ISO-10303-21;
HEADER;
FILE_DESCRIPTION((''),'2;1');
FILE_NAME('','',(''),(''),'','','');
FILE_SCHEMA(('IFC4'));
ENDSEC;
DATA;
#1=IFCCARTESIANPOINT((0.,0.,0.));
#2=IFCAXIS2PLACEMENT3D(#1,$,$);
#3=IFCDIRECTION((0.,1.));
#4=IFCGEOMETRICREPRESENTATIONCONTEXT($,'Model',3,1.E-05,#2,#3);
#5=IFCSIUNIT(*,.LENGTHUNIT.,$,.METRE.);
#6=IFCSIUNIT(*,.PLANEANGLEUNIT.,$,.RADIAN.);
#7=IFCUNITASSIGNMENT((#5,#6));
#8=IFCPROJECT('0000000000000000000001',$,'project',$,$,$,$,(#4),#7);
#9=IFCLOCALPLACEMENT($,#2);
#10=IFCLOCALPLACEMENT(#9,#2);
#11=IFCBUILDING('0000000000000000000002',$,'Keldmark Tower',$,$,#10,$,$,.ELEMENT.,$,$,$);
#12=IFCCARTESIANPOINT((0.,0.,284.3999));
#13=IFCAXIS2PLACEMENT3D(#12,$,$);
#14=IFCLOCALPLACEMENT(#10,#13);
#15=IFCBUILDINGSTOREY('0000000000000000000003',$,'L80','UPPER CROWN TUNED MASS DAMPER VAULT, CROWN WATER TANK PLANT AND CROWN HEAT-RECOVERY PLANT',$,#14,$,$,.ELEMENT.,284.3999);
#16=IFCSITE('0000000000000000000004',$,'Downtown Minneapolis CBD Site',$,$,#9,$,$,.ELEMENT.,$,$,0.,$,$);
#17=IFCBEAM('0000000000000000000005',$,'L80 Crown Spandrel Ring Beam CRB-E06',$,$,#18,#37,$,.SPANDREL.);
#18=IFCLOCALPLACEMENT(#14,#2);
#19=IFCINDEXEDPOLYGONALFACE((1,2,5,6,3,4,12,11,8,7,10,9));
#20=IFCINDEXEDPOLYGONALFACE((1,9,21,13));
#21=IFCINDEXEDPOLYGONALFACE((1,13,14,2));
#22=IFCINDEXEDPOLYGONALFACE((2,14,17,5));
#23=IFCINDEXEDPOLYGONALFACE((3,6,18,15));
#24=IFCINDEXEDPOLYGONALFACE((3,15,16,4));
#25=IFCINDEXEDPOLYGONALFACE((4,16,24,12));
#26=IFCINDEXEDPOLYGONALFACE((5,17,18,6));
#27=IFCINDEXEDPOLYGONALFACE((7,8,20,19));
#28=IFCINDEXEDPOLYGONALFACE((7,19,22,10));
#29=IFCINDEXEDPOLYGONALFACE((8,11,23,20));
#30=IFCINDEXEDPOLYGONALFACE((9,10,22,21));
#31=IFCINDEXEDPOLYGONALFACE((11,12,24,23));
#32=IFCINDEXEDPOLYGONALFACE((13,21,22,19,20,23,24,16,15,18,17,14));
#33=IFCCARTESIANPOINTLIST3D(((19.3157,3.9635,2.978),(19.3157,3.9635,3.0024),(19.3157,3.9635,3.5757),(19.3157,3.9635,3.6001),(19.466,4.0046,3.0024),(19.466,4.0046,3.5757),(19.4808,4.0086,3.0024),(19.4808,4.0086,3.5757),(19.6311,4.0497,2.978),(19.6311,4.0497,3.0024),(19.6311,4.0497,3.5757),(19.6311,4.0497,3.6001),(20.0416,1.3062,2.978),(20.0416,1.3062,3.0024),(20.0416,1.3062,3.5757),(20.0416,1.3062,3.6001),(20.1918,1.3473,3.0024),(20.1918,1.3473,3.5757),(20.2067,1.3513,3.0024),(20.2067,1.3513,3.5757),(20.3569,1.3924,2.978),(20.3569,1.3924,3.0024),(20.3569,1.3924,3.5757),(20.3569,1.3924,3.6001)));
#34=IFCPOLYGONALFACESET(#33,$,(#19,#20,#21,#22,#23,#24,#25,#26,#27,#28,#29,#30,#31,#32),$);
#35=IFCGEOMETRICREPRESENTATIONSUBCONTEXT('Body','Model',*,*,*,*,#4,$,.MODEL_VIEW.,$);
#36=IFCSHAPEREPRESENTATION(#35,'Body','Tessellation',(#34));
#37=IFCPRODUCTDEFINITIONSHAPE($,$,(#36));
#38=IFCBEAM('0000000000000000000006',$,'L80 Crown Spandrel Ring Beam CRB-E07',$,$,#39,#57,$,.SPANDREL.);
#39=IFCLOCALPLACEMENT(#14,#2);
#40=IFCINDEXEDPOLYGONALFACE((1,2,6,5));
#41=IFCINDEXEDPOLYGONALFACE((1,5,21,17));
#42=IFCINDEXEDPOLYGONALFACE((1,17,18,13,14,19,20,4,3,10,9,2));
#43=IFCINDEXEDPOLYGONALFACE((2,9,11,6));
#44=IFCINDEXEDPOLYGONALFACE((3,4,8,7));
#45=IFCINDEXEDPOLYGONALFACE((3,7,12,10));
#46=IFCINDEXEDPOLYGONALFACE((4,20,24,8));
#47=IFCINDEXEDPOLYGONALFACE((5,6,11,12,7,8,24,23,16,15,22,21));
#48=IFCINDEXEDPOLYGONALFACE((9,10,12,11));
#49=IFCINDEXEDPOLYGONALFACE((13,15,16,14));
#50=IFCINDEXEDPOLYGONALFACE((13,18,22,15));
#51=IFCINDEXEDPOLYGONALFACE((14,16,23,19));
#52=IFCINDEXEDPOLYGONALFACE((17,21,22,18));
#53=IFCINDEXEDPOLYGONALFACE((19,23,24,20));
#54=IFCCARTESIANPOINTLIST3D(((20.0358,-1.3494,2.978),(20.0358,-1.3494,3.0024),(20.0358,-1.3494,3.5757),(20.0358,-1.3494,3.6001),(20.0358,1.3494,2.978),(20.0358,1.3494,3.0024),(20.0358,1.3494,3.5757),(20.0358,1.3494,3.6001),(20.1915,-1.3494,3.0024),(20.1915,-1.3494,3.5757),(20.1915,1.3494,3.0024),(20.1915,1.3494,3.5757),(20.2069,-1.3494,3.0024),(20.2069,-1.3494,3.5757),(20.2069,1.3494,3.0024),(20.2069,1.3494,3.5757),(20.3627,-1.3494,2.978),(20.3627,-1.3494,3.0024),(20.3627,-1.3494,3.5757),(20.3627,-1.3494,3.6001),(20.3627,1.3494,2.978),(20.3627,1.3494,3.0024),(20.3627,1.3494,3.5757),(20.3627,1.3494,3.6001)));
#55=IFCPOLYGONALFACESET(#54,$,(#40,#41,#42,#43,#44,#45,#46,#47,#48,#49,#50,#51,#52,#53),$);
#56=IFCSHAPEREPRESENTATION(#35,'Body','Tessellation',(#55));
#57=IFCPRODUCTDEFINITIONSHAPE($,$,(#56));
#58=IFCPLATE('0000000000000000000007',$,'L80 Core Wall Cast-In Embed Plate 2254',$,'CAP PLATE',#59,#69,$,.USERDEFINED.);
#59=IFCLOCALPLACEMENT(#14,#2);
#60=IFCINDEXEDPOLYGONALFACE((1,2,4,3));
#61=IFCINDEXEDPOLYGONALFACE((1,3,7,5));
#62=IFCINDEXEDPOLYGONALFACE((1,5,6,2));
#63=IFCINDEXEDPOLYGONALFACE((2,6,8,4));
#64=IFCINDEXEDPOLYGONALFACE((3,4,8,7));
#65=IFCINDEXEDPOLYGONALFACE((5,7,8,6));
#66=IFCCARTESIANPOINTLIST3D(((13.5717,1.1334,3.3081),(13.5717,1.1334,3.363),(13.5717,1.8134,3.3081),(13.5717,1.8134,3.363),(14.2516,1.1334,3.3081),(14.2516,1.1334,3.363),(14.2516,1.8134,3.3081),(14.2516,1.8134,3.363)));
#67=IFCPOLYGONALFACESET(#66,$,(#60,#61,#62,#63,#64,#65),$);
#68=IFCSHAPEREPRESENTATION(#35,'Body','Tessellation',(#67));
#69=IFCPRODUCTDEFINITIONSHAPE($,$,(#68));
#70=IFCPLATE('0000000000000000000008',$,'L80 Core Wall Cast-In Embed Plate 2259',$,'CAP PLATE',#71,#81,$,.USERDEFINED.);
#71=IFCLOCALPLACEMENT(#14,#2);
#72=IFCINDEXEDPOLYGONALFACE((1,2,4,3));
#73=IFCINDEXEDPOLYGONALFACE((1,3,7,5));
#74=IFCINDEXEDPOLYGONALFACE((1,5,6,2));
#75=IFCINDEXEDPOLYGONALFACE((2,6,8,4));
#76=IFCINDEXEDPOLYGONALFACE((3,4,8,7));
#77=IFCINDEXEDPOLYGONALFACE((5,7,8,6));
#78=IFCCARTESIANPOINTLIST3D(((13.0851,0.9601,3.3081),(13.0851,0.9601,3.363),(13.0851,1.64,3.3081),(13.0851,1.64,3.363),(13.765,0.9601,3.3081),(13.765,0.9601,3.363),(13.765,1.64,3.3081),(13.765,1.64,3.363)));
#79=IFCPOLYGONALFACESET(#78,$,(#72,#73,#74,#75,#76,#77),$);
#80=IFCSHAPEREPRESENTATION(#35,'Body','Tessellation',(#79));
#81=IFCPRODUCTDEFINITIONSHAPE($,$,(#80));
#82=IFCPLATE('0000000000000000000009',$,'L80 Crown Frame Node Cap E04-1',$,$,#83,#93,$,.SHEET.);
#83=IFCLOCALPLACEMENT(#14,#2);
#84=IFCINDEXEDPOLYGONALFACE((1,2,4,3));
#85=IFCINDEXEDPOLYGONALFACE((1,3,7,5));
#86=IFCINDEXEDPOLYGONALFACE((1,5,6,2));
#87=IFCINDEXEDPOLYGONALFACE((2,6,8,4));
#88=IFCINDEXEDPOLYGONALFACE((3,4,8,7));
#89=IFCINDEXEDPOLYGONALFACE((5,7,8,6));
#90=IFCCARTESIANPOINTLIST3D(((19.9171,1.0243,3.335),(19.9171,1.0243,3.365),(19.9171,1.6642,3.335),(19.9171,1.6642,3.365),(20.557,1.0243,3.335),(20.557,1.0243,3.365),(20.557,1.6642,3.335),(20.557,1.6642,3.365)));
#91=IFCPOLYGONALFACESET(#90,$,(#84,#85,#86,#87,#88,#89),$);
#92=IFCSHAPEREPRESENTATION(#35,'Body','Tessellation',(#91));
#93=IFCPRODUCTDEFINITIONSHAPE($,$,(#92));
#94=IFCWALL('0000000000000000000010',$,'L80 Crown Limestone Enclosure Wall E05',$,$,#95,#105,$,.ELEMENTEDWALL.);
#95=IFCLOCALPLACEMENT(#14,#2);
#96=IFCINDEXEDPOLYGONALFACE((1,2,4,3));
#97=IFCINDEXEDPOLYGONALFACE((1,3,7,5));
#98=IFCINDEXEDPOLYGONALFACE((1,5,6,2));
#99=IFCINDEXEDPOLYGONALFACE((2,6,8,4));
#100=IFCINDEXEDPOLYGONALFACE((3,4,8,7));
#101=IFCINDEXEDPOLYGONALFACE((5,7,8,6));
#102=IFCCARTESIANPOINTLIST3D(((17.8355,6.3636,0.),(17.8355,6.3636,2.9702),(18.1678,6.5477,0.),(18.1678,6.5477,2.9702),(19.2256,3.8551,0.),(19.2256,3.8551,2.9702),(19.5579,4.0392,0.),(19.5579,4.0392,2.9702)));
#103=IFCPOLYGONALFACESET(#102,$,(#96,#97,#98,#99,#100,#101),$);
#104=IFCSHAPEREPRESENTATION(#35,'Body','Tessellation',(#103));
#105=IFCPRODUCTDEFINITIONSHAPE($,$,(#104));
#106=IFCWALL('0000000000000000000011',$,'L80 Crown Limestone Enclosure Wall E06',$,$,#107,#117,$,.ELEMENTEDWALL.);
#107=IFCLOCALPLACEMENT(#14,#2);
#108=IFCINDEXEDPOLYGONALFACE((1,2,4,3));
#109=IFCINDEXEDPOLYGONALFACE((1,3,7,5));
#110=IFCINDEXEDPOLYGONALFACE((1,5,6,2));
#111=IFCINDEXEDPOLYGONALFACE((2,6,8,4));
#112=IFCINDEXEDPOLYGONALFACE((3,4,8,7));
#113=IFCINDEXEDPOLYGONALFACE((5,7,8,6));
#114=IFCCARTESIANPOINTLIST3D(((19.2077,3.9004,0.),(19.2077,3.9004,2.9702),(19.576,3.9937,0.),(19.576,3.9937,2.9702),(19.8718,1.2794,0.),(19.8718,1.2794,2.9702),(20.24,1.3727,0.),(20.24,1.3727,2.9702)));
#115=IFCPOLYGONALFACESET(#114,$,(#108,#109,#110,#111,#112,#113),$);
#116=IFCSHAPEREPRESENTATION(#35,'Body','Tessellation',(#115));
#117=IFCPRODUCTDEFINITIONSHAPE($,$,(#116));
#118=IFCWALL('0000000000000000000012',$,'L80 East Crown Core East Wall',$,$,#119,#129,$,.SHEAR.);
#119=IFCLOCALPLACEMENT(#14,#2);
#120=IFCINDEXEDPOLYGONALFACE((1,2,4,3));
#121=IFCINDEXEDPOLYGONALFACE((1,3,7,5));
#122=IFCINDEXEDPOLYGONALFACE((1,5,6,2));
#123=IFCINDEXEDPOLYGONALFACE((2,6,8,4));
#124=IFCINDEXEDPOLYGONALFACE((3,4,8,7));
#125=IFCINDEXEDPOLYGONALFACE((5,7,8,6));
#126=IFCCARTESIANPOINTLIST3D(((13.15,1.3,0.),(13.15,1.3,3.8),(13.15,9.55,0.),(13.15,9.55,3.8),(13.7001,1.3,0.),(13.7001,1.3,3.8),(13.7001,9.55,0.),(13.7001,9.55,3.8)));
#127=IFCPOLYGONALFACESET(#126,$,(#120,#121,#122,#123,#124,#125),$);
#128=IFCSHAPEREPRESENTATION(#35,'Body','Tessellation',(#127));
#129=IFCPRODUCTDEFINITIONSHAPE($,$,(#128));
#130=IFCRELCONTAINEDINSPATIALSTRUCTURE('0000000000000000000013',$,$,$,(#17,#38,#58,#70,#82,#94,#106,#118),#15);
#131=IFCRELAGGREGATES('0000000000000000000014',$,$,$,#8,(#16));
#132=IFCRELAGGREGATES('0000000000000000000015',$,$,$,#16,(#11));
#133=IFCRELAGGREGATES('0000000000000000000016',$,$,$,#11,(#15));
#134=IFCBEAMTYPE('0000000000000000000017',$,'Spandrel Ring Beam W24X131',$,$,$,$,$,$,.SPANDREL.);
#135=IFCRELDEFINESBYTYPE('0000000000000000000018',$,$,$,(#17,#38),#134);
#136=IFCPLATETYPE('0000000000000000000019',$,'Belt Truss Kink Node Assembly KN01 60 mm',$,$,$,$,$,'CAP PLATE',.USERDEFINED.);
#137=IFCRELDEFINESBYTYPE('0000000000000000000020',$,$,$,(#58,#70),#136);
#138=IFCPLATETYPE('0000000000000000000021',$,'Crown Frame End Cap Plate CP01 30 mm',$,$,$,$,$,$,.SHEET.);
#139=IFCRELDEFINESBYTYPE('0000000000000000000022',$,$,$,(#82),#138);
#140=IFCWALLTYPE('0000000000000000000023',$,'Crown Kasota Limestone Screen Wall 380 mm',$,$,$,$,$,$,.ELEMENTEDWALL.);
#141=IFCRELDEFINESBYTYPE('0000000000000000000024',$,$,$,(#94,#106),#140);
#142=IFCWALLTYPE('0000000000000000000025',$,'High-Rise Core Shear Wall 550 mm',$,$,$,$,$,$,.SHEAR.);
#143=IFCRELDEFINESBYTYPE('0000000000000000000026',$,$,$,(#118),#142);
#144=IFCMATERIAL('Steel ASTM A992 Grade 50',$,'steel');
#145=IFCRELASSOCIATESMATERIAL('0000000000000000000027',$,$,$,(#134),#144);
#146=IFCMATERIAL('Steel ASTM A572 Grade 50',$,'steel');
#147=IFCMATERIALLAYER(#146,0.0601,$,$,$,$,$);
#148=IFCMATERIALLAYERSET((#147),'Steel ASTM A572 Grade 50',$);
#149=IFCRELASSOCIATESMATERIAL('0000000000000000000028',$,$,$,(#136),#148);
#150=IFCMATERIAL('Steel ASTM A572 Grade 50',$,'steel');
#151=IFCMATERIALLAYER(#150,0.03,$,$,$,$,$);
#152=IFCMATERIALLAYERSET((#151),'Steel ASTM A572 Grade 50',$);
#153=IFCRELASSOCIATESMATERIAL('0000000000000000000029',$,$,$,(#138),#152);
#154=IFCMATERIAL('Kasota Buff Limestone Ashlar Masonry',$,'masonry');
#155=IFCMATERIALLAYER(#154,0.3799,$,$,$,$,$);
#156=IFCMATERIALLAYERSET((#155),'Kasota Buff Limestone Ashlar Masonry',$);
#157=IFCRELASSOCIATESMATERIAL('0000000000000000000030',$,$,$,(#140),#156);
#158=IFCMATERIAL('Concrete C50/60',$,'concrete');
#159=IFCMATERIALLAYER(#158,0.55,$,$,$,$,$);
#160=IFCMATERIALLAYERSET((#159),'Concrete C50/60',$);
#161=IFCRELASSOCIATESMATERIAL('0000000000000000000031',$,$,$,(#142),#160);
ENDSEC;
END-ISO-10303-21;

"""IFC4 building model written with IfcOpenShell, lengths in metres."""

from ifc_helpers import new_model, si_unit, direction, frame, frame_2d, origin, origin_2d, place, context, subcontext, project, spatial, rectangle, i_section, extrude, material, layer, layer_set, material_profile, profile_set, type_object, element, save


model = new_model("IFC4")

# Units and contexts
model_context = context("Model", 3, precision=1e-05, world=origin(), true_north=direction((0.0, 1.0)))
body_context = subcontext(model_context, "Body", "Model", "MODEL_VIEW")
ifc_project = project(units=[si_unit("LENGTHUNIT", "METRE"), si_unit("PLANEANGLEUNIT", "RADIAN")], contexts=[model_context])

# Site, building, storey
site_placement = place(None, origin())
site = spatial("IfcSite", under=ifc_project, at=site_placement, Name="Downtown Minneapolis CBD Site", CompositionType="ELEMENT", RefElevation=0.0)
building_placement = place(site_placement, origin())
building = spatial("IfcBuilding", under=site, at=building_placement, Name="Keldmark Tower", CompositionType="ELEMENT")
storey_placement = place(building_placement, frame((0.0, 0.0, 284.3999)))
storey = spatial("IfcBuildingStorey", under=building, at=storey_placement, Name="L80", Description="UPPER CROWN TUNED MASS DAMPER VAULT, CROWN WATER TANK PLANT AND CROWN HEAT-RECOVERY PLANT", CompositionType="ELEMENT", Elevation=284.3999)

# Beams
ifc_material_1 = material(Name="Steel ASTM A992 Grade 50", Category="steel")
ifc_material_profile_1 = material_profile(ifc_material_1, i_section(OverallWidth=0.3269, OverallDepth=0.6221, WebThickness=0.0154, FlangeThickness=0.0244, at=origin_2d()), Name="W24X131")
ifc_profile_set_1 = profile_set([ifc_material_profile_1], Name="Steel ASTM A992 Grade 50")
beam_type_1 = type_object("IfcBeamType", Name="Spandrel Ring Beam W24X131", PredefinedType="SPANDREL", material=ifc_profile_set_1)
beam_1_placement = place(storey_placement, frame((19.4734, 4.0066, 3.2891), z_axis=(0.2635, -0.964659, 0.0), x_axis=(0.964659, 0.2635, 0.0)))
element("IfcBeam", 1, at=beam_1_placement, inside=storey, type_object=beam_type_1, Name="L80 Crown Spandrel Ring Beam CRB-E06", PredefinedType="SPANDREL", context=body_context, shape_type="SweptSolid", body=[
    extrude(i_section(OverallWidth=0.3269, OverallDepth=0.6221, WebThickness=0.0154, FlangeThickness=0.0244, at=origin_2d()), origin(), (0.0, 0.0, 1.0), 2.7546),
])
beam_2_placement = place(storey_placement, frame((20.1992, 1.3494, 3.2891), z_axis=(0.0, -1.0, 0.0), x_axis=(1.0, 0.0, 0.0)))
element("IfcBeam", 2, at=beam_2_placement, inside=storey, type_object=beam_type_1, Name="L80 Crown Spandrel Ring Beam CRB-E07", PredefinedType="SPANDREL", context=body_context, shape_type="SweptSolid", body=[
    extrude(i_section(OverallWidth=0.3269, OverallDepth=0.6221, WebThickness=0.0154, FlangeThickness=0.0244, at=origin_2d()), origin(), (0.0, 0.0, 1.0), 2.6987),
])

# Plates
ifc_material_2 = material(Name="Steel ASTM A572 Grade 50", Category="steel")
ifc_layer_1 = layer(ifc_material_2, 0.0601)
ifc_layer_set_1 = layer_set([ifc_layer_1], Name="Steel ASTM A572 Grade 50")
plate_type_1 = type_object("IfcPlateType", Name="Belt Truss Kink Node Assembly KN01 60 mm", ElementType="CAP PLATE", PredefinedType="USERDEFINED", material=ifc_layer_set_1)
for number, where, z_axis, x_axis, name in (
    (3, (13.9116, 1.4734, 3.3081), (0.0, 0.0, 1.0), (1.0, 0.0, 0.0), "L80 Core Wall Cast-In Embed Plate 2254"),
    (4, (13.425, 1.3, 3.3081), (0.0, 0.0, 1.0), (1.0, 0.0, 0.0), "L80 Core Wall Cast-In Embed Plate 2259"),
):
    element("IfcPlate", number, at=place(storey_placement, frame(where, z_axis=z_axis, x_axis=x_axis)), inside=storey, type_object=plate_type_1, Name=name, ObjectType="CAP PLATE", PredefinedType="USERDEFINED", context=body_context, shape_type="SweptSolid", body=[
        extrude(rectangle(XDim=0.6799, YDim=0.6799, at=origin_2d()), origin(), (0.0, 0.0, 1.0), 0.0549),
    ])
ifc_material_3 = material(Name="Steel ASTM A572 Grade 50", Category="steel")
ifc_layer_2 = layer(ifc_material_3, 0.03)
ifc_layer_set_2 = layer_set([ifc_layer_2], Name="Steel ASTM A572 Grade 50")
plate_type_2 = type_object("IfcPlateType", Name="Crown Frame End Cap Plate CP01 30 mm", PredefinedType="SHEET", material=ifc_layer_set_2)
plate_placement = place(storey_placement, frame((20.2371, 1.3442, 3.335), z_axis=(0.0, 0.0, 1.0), x_axis=(1.0, 0.0, 0.0)))
element("IfcPlate", 5, at=plate_placement, inside=storey, type_object=plate_type_2, Name="L80 Crown Frame Node Cap E04-1", PredefinedType="SHEET", context=body_context, shape_type="SweptSolid", body=[
    extrude(rectangle(XDim=0.6399, YDim=0.6399, at=origin_2d()), origin(), (0.0, 0.0, 1.0), 0.03),
])

# Walls
ifc_material_4 = material(Name="Kasota Buff Limestone Ashlar Masonry", Category="masonry")
ifc_layer_3 = layer(ifc_material_4, 0.3799)
ifc_layer_set_3 = layer_set([ifc_layer_3], Name="Kasota Buff Limestone Ashlar Masonry")
wall_type_1 = type_object("IfcWallType", Name="Crown Kasota Limestone Screen Wall 380 mm", PredefinedType="ELEMENTEDWALL", material=ifc_layer_set_3)
wall_1_placement = place(storey_placement, frame((19.3918, 3.947, 0.0), z_axis=(0.0, 0.0, 1.0), x_axis=(-0.48471, 0.874675, 0.0)))
element("IfcWall", 6, at=wall_1_placement, inside=storey, type_object=wall_type_1, Name="L80 Crown Limestone Enclosure Wall E05", PredefinedType="ELEMENTEDWALL", context=body_context, shape_type="SweptSolid", body=[
    extrude(rectangle(XDim=2.8679, YDim=0.3799, at=frame_2d((1.4341, 0.0))), origin(), (0.0, 0.0, 1.0), 2.9702),
])
wall_2_placement = place(storey_placement, frame((20.0559, 1.3259, 0.0), z_axis=(0.0, 0.0, 1.0), x_axis=(-0.245594, 0.969373, 0.0)))
element("IfcWall", 7, at=wall_2_placement, inside=storey, type_object=wall_type_1, Name="L80 Crown Limestone Enclosure Wall E06", PredefinedType="ELEMENTEDWALL", context=body_context, shape_type="SweptSolid", body=[
    extrude(rectangle(XDim=2.7039, YDim=0.3799, at=frame_2d((1.3521, 0.0))), origin(), (0.0, 0.0, 1.0), 2.9702),
])
ifc_material_5 = material(Name="Concrete C50/60", Category="concrete")
ifc_layer_4 = layer(ifc_material_5, 0.55)
ifc_layer_set_4 = layer_set([ifc_layer_4], Name="Concrete C50/60")
wall_type_2 = type_object("IfcWallType", Name="High-Rise Core Shear Wall 550 mm", PredefinedType="SHEAR", material=ifc_layer_set_4)
wall_3_placement = place(storey_placement, frame((13.425, 1.3, 0.0), z_axis=(0.0, 0.0, 1.0), x_axis=(0.0, 1.0, 0.0)))
element("IfcWall", 8, at=wall_3_placement, inside=storey, type_object=wall_type_2, Name="L80 East Crown Core East Wall", PredefinedType="SHEAR", context=body_context, shape_type="SweptSolid", body=[
    extrude(rectangle(XDim=8.25, YDim=0.55, at=frame_2d((4.125, 0.0))), origin(), (0.0, 0.0, 1.0), 3.8),
])

save(model, "model.ifc")
